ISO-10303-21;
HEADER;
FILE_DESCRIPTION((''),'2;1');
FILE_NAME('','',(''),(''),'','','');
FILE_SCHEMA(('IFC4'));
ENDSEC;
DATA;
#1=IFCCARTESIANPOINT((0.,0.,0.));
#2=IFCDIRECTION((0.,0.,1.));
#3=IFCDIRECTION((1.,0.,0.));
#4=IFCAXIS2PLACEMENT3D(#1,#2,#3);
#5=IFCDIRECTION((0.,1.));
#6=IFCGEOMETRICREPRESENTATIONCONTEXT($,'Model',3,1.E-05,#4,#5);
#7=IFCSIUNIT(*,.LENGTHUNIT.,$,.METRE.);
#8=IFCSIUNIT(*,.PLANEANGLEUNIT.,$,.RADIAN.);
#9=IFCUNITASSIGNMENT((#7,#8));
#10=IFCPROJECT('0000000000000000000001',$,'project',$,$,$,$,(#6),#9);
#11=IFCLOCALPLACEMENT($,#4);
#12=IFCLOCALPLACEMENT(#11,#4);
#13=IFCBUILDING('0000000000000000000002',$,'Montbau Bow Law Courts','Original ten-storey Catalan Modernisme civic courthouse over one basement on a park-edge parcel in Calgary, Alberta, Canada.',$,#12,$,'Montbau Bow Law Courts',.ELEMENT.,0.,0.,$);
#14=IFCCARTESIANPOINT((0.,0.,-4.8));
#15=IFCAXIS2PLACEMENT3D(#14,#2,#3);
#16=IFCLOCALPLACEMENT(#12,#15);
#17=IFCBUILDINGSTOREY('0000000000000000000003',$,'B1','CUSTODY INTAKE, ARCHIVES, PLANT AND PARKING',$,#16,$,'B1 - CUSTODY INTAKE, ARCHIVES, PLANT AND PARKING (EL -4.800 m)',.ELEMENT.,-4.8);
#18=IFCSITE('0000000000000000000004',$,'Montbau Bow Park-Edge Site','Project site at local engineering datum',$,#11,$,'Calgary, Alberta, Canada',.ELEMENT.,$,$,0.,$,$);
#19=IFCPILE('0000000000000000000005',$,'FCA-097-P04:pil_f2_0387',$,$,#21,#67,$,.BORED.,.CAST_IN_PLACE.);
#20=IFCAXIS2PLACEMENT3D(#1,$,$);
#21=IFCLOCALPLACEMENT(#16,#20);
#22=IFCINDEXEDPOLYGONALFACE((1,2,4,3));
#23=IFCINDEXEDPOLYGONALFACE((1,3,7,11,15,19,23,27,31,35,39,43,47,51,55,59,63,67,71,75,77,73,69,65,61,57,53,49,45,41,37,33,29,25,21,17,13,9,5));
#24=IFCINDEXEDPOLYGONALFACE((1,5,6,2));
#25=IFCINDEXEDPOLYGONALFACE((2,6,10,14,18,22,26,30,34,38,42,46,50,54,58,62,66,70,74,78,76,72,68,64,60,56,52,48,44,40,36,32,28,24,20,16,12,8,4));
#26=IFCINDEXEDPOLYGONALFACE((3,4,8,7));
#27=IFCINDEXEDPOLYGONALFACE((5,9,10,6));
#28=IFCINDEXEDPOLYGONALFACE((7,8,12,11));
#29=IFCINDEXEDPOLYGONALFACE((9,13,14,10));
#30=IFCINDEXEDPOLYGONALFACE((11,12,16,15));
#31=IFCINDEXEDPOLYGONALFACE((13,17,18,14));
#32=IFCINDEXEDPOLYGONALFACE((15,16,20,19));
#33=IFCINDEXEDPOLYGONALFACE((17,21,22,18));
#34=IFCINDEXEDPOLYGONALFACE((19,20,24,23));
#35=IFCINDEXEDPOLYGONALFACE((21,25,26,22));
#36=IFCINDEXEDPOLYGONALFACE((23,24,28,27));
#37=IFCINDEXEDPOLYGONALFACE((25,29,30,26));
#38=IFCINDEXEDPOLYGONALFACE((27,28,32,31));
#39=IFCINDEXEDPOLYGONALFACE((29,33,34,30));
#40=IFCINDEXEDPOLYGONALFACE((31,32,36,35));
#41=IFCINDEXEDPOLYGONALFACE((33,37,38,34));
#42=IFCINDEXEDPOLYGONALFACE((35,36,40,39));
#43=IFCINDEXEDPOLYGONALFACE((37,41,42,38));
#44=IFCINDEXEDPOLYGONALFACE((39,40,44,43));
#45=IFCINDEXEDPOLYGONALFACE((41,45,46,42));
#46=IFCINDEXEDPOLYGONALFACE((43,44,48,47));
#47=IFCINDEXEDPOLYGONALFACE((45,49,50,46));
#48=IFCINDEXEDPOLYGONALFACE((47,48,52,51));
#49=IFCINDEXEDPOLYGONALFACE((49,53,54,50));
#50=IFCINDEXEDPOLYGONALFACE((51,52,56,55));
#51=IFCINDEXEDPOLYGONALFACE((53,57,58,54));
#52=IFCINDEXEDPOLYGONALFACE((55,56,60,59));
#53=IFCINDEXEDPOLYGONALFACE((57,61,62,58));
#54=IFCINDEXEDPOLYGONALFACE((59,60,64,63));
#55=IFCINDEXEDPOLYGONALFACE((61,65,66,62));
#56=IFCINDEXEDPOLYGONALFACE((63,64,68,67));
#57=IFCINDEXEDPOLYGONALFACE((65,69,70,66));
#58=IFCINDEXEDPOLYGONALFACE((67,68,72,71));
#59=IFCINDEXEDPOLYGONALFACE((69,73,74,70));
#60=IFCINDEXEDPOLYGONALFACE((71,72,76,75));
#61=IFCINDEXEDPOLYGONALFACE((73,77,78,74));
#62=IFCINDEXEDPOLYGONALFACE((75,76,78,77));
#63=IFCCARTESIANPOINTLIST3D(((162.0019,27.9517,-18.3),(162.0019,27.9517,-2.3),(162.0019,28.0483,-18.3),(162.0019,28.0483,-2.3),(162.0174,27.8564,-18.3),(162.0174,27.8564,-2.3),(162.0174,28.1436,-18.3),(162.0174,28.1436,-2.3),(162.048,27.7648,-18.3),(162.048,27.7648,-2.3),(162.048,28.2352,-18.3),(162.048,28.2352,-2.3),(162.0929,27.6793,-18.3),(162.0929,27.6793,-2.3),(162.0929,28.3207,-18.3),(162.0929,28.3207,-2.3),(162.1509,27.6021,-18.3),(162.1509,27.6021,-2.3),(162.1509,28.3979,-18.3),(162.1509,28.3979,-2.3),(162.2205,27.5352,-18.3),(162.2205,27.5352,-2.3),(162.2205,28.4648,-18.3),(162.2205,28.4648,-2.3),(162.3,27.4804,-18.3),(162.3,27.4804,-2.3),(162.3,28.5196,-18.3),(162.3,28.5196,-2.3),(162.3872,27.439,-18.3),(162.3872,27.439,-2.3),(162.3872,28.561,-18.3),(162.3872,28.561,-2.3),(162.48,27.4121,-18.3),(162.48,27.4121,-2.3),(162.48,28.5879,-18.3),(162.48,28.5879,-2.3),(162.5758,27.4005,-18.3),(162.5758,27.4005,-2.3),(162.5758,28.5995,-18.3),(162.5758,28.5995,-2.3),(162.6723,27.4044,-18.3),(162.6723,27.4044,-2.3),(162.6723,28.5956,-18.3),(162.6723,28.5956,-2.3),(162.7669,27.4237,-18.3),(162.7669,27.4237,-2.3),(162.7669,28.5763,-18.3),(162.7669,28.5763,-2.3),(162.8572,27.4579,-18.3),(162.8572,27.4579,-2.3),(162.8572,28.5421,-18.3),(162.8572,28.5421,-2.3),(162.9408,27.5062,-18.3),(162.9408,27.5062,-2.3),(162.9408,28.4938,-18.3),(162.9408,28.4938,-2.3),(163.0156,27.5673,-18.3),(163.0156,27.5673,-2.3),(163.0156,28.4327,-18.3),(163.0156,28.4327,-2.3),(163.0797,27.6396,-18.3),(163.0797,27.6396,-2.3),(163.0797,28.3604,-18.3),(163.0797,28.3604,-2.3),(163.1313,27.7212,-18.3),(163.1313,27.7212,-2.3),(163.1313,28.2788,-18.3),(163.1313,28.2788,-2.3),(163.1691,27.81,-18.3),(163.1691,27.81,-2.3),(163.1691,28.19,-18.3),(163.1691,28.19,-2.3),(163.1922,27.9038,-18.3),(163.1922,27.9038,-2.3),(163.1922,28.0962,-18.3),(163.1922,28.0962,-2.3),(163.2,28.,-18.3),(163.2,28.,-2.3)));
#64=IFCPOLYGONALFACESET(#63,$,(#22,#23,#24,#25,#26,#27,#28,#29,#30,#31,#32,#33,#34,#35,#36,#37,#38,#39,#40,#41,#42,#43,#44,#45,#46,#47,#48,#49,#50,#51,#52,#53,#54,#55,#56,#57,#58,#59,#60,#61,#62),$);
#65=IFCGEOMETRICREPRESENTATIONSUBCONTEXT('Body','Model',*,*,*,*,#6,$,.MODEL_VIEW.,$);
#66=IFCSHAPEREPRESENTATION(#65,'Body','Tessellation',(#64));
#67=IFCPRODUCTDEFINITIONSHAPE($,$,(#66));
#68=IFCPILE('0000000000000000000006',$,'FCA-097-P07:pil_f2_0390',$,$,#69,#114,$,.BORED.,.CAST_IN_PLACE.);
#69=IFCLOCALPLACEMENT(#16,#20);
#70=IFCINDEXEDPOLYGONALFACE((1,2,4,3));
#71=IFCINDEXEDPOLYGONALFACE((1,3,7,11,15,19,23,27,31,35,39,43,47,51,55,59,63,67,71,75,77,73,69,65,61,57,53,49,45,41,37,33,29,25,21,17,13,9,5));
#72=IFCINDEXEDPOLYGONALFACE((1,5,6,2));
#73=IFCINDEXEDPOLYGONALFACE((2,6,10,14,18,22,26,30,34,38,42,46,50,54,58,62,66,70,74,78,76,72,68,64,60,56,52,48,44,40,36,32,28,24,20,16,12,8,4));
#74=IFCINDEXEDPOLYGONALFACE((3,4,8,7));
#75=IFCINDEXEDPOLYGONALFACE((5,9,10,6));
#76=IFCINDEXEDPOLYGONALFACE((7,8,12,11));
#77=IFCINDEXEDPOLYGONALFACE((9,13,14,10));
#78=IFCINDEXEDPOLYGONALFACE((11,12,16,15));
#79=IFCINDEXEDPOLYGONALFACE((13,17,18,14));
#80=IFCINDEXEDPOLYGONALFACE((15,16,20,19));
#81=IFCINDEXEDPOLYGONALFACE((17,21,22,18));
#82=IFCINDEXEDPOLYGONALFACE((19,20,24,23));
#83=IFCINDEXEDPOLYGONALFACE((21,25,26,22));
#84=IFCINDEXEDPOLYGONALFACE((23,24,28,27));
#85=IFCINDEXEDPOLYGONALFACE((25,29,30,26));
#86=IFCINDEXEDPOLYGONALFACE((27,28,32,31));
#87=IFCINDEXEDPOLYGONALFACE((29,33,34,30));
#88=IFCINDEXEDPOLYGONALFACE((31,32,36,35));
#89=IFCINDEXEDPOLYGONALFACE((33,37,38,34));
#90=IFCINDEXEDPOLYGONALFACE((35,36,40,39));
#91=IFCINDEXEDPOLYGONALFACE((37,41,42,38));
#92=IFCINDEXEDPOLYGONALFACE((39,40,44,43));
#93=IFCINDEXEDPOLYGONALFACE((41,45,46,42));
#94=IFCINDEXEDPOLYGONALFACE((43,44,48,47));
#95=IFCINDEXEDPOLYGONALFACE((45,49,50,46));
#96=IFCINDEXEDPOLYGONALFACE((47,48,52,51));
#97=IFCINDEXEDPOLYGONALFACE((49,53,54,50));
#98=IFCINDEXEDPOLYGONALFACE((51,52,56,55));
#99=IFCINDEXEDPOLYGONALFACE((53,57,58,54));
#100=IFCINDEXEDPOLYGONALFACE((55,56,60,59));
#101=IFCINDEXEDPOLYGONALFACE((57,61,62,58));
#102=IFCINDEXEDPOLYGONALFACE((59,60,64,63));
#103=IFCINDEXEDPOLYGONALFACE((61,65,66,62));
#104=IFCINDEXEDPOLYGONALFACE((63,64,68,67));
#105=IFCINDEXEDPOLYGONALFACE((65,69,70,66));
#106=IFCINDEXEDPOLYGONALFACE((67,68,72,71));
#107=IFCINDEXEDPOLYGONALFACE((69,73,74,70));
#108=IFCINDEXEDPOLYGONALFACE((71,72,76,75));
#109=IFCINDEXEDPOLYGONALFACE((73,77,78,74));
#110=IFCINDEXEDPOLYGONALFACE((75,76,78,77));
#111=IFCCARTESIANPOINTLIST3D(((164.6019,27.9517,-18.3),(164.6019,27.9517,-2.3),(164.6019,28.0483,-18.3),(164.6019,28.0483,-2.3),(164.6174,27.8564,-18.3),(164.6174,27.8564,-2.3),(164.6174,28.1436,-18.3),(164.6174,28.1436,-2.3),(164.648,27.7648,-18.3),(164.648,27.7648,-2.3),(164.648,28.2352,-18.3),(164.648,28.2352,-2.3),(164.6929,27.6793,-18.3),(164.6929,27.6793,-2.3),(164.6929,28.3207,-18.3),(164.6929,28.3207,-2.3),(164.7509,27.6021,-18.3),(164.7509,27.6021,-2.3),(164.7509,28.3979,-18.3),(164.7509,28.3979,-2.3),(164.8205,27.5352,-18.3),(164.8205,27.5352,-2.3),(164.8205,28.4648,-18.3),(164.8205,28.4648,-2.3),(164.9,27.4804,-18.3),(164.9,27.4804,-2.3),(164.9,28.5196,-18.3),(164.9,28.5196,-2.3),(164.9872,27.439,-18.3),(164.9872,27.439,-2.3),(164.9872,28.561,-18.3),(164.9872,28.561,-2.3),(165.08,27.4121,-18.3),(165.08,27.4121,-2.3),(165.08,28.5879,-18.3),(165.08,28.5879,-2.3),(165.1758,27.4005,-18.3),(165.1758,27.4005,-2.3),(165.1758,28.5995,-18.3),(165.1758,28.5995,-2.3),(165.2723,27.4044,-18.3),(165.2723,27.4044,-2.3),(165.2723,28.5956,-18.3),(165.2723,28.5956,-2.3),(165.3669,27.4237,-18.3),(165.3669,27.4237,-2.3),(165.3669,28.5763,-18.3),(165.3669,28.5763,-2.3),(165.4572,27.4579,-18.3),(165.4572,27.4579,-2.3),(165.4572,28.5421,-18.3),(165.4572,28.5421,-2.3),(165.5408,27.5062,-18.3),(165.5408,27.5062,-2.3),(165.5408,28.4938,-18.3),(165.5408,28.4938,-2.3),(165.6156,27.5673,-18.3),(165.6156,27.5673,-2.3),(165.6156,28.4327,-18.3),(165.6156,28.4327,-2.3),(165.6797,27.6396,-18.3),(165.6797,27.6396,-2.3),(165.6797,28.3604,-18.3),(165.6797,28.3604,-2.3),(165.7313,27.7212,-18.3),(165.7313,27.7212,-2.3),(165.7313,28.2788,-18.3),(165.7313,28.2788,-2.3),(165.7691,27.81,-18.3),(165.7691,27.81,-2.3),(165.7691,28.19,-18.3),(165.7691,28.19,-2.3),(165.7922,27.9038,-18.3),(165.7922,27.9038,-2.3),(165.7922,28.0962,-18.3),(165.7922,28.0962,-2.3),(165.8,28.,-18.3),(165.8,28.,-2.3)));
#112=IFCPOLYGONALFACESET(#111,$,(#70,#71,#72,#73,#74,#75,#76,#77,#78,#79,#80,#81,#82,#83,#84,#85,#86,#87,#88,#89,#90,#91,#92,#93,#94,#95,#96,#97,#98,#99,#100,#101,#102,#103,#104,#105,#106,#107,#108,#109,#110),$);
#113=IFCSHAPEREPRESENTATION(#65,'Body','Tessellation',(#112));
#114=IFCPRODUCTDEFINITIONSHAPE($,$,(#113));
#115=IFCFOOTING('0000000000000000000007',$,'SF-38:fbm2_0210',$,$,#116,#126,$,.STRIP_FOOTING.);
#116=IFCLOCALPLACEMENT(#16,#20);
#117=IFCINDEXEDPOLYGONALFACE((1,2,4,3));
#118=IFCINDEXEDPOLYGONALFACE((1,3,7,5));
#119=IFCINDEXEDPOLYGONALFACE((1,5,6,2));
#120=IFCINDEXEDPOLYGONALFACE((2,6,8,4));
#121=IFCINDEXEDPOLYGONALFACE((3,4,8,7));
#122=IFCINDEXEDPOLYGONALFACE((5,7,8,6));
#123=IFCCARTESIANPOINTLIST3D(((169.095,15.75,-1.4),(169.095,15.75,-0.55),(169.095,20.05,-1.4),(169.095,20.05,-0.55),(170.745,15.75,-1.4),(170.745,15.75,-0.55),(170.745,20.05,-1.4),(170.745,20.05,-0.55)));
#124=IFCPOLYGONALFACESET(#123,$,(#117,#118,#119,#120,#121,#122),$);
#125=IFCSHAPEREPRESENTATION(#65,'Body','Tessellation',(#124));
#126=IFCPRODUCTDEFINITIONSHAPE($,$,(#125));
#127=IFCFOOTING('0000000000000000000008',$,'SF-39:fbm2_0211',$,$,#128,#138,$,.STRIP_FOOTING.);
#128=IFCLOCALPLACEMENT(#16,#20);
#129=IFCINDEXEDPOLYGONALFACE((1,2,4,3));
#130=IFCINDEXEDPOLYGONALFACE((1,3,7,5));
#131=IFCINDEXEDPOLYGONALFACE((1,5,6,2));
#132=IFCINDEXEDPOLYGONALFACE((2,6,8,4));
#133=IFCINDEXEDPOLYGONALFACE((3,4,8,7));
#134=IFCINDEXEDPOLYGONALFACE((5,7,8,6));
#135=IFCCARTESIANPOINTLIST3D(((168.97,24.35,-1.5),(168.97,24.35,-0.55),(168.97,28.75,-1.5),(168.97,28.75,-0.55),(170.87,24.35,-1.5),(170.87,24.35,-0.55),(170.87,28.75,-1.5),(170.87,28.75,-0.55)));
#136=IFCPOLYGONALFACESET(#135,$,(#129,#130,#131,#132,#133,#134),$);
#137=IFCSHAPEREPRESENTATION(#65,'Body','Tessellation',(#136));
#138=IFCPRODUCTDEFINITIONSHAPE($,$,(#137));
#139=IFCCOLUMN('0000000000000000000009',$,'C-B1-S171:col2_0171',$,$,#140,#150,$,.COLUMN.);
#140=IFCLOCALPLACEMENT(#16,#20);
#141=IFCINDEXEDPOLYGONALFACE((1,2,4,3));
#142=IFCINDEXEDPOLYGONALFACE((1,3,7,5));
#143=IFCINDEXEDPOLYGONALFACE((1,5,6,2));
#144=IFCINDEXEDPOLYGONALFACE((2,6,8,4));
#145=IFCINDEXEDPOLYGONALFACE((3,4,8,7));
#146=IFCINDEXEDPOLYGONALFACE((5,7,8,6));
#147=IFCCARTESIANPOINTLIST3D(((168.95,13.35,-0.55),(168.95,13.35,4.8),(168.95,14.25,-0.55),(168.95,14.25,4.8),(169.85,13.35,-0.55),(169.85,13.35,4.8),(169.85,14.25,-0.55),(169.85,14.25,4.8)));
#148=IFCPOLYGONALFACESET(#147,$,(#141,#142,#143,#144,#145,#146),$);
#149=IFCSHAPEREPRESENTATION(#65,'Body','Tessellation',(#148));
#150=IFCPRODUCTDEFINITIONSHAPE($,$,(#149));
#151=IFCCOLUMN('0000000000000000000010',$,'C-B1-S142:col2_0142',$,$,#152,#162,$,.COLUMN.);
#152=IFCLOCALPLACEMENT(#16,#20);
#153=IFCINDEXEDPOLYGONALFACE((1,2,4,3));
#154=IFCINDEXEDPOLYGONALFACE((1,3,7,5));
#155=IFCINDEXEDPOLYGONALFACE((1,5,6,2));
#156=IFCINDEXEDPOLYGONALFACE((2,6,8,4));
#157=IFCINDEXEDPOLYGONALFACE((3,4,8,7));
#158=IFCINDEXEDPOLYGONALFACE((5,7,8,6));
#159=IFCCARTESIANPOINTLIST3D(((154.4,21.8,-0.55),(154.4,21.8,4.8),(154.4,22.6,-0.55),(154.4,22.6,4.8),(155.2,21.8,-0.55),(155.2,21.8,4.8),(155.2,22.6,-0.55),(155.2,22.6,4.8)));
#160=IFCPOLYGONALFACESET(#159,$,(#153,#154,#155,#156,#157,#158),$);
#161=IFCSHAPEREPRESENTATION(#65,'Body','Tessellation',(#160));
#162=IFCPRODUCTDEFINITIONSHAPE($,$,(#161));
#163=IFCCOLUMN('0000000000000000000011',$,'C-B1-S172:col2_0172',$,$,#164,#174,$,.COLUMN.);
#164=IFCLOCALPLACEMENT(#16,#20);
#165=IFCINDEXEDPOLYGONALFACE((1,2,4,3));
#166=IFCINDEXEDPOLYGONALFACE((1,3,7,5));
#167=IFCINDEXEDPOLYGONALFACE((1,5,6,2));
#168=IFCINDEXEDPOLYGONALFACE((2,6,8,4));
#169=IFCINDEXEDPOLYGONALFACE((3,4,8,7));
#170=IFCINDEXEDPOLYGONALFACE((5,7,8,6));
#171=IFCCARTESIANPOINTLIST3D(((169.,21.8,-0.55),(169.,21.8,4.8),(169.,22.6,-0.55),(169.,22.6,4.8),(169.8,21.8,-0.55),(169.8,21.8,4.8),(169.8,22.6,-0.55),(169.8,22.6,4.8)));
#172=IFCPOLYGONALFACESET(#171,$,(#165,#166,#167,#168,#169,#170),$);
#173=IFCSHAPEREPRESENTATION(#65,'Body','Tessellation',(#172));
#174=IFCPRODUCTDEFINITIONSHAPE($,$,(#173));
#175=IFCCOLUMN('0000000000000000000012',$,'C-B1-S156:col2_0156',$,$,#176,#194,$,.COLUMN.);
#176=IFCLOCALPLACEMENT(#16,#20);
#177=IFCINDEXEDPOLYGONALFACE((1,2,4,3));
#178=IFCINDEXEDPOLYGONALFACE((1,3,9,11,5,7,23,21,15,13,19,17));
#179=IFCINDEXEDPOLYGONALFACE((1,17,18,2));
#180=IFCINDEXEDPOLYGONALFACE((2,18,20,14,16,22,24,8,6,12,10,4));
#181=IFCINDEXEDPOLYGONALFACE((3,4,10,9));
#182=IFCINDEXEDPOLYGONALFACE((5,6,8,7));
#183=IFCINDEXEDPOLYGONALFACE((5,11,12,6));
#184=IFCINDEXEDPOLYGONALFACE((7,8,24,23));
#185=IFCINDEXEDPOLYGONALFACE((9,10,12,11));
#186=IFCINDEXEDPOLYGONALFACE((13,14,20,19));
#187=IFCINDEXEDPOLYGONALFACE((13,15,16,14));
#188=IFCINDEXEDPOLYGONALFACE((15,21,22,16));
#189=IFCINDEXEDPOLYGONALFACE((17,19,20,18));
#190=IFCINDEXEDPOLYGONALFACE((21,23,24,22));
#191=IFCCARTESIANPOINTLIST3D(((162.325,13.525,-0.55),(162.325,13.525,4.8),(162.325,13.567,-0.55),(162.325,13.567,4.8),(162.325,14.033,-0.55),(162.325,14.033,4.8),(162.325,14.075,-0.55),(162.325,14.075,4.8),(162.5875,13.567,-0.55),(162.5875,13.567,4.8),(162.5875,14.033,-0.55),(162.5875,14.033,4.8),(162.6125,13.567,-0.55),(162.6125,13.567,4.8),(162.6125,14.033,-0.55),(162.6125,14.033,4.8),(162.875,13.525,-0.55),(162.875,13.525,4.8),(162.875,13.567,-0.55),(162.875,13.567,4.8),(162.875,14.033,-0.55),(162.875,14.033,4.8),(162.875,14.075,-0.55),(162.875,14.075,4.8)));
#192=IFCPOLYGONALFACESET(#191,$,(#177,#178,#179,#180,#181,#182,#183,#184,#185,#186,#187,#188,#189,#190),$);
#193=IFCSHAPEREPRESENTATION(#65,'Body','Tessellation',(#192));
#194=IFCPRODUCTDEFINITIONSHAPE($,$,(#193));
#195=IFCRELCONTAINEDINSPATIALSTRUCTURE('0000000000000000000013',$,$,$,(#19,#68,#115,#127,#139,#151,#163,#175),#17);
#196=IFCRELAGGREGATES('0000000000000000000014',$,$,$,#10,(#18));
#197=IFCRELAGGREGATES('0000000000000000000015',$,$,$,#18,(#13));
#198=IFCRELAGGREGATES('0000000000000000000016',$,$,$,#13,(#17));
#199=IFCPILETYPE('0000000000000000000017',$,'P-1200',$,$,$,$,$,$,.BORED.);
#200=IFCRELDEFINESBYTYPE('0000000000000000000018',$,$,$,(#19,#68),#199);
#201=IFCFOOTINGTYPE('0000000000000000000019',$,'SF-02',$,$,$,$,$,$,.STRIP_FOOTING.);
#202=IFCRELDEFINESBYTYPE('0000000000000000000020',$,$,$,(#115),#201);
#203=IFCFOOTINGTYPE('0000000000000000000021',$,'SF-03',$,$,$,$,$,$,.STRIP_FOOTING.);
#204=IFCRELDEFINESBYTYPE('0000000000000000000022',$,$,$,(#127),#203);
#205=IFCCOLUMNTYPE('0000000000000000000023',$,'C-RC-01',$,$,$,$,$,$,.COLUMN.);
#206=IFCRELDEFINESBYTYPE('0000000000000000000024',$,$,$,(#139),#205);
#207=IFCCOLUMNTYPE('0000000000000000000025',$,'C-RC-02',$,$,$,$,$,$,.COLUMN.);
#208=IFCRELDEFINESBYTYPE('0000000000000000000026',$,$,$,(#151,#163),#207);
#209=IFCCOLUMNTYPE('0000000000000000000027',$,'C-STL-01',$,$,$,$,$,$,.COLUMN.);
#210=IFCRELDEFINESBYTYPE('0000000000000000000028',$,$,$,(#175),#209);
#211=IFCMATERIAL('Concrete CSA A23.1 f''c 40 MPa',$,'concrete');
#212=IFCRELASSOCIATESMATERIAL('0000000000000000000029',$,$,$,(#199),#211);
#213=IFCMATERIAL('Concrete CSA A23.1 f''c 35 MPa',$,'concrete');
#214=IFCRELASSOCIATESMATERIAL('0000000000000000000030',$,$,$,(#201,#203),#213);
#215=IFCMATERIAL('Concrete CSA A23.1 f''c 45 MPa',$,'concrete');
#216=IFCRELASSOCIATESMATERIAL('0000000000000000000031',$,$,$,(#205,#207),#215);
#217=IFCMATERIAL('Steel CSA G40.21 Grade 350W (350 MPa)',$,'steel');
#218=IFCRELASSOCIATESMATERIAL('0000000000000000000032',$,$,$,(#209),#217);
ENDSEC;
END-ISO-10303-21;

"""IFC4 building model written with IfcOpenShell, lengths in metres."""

from ifc_helpers import new_model, si_unit, direction, frame, origin_with_axes, origin_2d_with_axis, place, context, subcontext, project, spatial, rectangle, circle, i_section, extrude, material, material_profile, profile_set, type_object, element, save


model = new_model("IFC4")

# Units and contexts
model_context = context("Model", 3, precision=1e-05, world=origin_with_axes(), true_north=direction((0.0, 1.0)))
body_context = subcontext(model_context, "Body", "Model", "MODEL_VIEW")
ifc_project = project(units=[si_unit("LENGTHUNIT", "METRE"), si_unit("PLANEANGLEUNIT", "RADIAN")], contexts=[model_context])

# Site, building, storey
site_placement = place(None, origin_with_axes())
site = spatial("IfcSite", under=ifc_project, at=site_placement, Name="Montbau Bow Park-Edge Site", Description="Project site at local engineering datum", LongName="Calgary, Alberta, Canada", CompositionType="ELEMENT", RefElevation=0.0)
building_placement = place(site_placement, origin_with_axes())
building = spatial("IfcBuilding", under=site, at=building_placement, Name="Montbau Bow Law Courts", Description="Original ten-storey Catalan Modernisme civic courthouse over one basement on a park-edge parcel in Calgary, Alberta, Canada.", LongName="Montbau Bow Law Courts", CompositionType="ELEMENT", ElevationOfRefHeight=0.0, ElevationOfTerrain=0.0)
storey_placement = place(building_placement, frame((0.0, 0.0, -4.8), z_axis=(0.0, 0.0, 1.0), x_axis=(1.0, 0.0, 0.0)))
storey = spatial("IfcBuildingStorey", under=building, at=storey_placement, Name="B1", Description="CUSTODY INTAKE, ARCHIVES, PLANT AND PARKING", LongName="B1 - CUSTODY INTAKE, ARCHIVES, PLANT AND PARKING (EL -4.800 m)", CompositionType="ELEMENT", Elevation=-4.8)

# Shared definitions
ifc_material_1 = material(Name="Concrete CSA A23.1 f'c 35 MPa", Category="concrete")

# Piles
ifc_material_2 = material(Name="Concrete CSA A23.1 f'c 40 MPa", Category="concrete")
ifc_material_profile_1 = material_profile(ifc_material_2, circle(Radius=0.6, at=origin_2d_with_axis()), Name="BP1200", Category="Main", Priority=0)
ifc_profile_set_1 = profile_set([ifc_material_profile_1], Name="Concrete CSA A23.1 f'c 40 MPa")
pile_type_1 = type_object("IfcPileType", Name="P-1200", PredefinedType="BORED", material=ifc_profile_set_1)
for number, where, z_axis, x_axis, name in (
    (1, (162.6, 28.0, -23.1), (0.0, 0.0, 1.0), (1.0, 0.0, 0.0), "FCA-097-P04:pil_f2_0387"),
    (2, (165.2, 28.0, -23.1), (0.0, 0.0, 1.0), (1.0, 0.0, 0.0), "FCA-097-P07:pil_f2_0390"),
):
    element("IfcPile", number, at=place(None, frame(where, z_axis=z_axis, x_axis=x_axis)), inside=storey, type_object=pile_type_1, Name=name, ConstructionType="CAST_IN_PLACE", PredefinedType="BORED", context=body_context, shape_type="SweptSolid", body=[
        extrude(circle(Radius=0.6, at=origin_2d_with_axis()), origin_with_axes(), (0.0, 0.0, 1.0), 16.0),
    ])

# Footings
footing_type_1 = type_object("IfcFootingType", Name="SF-02", PredefinedType="STRIP_FOOTING", material=ifc_material_1)
footing_1_placement = place(None, frame((169.92, 17.9, -6.2), z_axis=(0.0, 0.0, 1.0), x_axis=(0.0, 1.0, 0.0)))
element("IfcFooting", 3, at=footing_1_placement, inside=storey, type_object=footing_type_1, Name="SF-38:fbm2_0210", PredefinedType="STRIP_FOOTING", context=body_context, shape_type="SweptSolid", body=[
    extrude(rectangle(XDim=4.3, YDim=1.65, at=origin_2d_with_axis()), origin_with_axes(), (0.0, 0.0, 1.0), 0.85),
])
footing_type_2 = type_object("IfcFootingType", Name="SF-03", PredefinedType="STRIP_FOOTING", material=ifc_material_1)
footing_2_placement = place(None, frame((169.92, 26.55, -6.3), z_axis=(0.0, 0.0, 1.0), x_axis=(0.0, 1.0, 0.0)))
element("IfcFooting", 4, at=footing_2_placement, inside=storey, type_object=footing_type_2, Name="SF-39:fbm2_0211", PredefinedType="STRIP_FOOTING", context=body_context, shape_type="SweptSolid", body=[
    extrude(rectangle(XDim=4.4, YDim=1.9, at=origin_2d_with_axis()), origin_with_axes(), (0.0, 0.0, 1.0), 0.95),
])

# Columns
ifc_material_3 = material(Name="Concrete CSA A23.1 f'c 45 MPa", Category="concrete")
ifc_material_profile_2 = material_profile(ifc_material_3, rectangle(XDim=0.9, YDim=0.9, at=origin_2d_with_axis()), Name="RC900X900", Category="Main", Priority=0)
ifc_profile_set_2 = profile_set([ifc_material_profile_2], Name="Concrete CSA A23.1 f'c 45 MPa")
column_type_1 = type_object("IfcColumnType", Name="C-RC-01", PredefinedType="COLUMN", material=ifc_profile_set_2)
column_1_placement = place(None, frame((169.4, 13.8, -5.35), z_axis=(0.0, 0.0, 1.0), x_axis=(1.0, 0.0, 0.0)))
element("IfcColumn", 5, at=column_1_placement, inside=storey, type_object=column_type_1, Name="C-B1-S171:col2_0171", PredefinedType="COLUMN", context=body_context, shape_type="SweptSolid", body=[
    extrude(rectangle(XDim=0.9, YDim=0.9, at=origin_2d_with_axis()), origin_with_axes(), (0.0, 0.0, 1.0), 5.35),
])
ifc_material_profile_3 = material_profile(ifc_material_3, rectangle(XDim=0.8, YDim=0.8, at=origin_2d_with_axis()), Name="RC800X800", Category="Main", Priority=0)
ifc_profile_set_3 = profile_set([ifc_material_profile_3], Name="Concrete CSA A23.1 f'c 45 MPa")
column_type_2 = type_object("IfcColumnType", Name="C-RC-02", PredefinedType="COLUMN", material=ifc_profile_set_3)
for number, where, z_axis, x_axis, name in (
    (6, (154.8, 22.2, -5.35), (0.0, 0.0, 1.0), (1.0, 0.0, 0.0), "C-B1-S142:col2_0142"),
    (7, (169.4, 22.2, -5.35), (0.0, 0.0, 1.0), (1.0, 0.0, 0.0), "C-B1-S172:col2_0172"),
):
    element("IfcColumn", number, at=place(None, frame(where, z_axis=z_axis, x_axis=x_axis)), inside=storey, type_object=column_type_2, Name=name, PredefinedType="COLUMN", context=body_context, shape_type="SweptSolid", body=[
        extrude(rectangle(XDim=0.8, YDim=0.8, at=origin_2d_with_axis()), origin_with_axes(), (0.0, 0.0, 1.0), 5.35),
    ])
ifc_material_4 = material(Name="Steel CSA G40.21 Grade 350W (350 MPa)", Category="steel")
ifc_material_profile_4 = material_profile(ifc_material_4, i_section(OverallWidth=0.55, OverallDepth=0.55, WebThickness=0.025, FlangeThickness=0.042, at=origin_2d_with_axis()), Name="WWF550X420", Category="Main", Priority=0)
ifc_profile_set_4 = profile_set([ifc_material_profile_4], Name="Steel CSA G40.21 Grade 350W (350 MPa)")
column_type_3 = type_object("IfcColumnType", Name="C-STL-01", PredefinedType="COLUMN", material=ifc_profile_set_4)
column_2_placement = place(None, frame((162.6, 13.8, -5.35), z_axis=(0.0, 0.0, 1.0), x_axis=(1.0, 0.0, 0.0)))
element("IfcColumn", 8, at=column_2_placement, inside=storey, type_object=column_type_3, Name="C-B1-S156:col2_0156", PredefinedType="COLUMN", context=body_context, shape_type="SweptSolid", body=[
    extrude(i_section(OverallWidth=0.55, OverallDepth=0.55, WebThickness=0.025, FlangeThickness=0.042, at=origin_2d_with_axis()), origin_with_axes(), (0.0, 0.0, 1.0), 5.35),
])

save(model, "model.ifc")
